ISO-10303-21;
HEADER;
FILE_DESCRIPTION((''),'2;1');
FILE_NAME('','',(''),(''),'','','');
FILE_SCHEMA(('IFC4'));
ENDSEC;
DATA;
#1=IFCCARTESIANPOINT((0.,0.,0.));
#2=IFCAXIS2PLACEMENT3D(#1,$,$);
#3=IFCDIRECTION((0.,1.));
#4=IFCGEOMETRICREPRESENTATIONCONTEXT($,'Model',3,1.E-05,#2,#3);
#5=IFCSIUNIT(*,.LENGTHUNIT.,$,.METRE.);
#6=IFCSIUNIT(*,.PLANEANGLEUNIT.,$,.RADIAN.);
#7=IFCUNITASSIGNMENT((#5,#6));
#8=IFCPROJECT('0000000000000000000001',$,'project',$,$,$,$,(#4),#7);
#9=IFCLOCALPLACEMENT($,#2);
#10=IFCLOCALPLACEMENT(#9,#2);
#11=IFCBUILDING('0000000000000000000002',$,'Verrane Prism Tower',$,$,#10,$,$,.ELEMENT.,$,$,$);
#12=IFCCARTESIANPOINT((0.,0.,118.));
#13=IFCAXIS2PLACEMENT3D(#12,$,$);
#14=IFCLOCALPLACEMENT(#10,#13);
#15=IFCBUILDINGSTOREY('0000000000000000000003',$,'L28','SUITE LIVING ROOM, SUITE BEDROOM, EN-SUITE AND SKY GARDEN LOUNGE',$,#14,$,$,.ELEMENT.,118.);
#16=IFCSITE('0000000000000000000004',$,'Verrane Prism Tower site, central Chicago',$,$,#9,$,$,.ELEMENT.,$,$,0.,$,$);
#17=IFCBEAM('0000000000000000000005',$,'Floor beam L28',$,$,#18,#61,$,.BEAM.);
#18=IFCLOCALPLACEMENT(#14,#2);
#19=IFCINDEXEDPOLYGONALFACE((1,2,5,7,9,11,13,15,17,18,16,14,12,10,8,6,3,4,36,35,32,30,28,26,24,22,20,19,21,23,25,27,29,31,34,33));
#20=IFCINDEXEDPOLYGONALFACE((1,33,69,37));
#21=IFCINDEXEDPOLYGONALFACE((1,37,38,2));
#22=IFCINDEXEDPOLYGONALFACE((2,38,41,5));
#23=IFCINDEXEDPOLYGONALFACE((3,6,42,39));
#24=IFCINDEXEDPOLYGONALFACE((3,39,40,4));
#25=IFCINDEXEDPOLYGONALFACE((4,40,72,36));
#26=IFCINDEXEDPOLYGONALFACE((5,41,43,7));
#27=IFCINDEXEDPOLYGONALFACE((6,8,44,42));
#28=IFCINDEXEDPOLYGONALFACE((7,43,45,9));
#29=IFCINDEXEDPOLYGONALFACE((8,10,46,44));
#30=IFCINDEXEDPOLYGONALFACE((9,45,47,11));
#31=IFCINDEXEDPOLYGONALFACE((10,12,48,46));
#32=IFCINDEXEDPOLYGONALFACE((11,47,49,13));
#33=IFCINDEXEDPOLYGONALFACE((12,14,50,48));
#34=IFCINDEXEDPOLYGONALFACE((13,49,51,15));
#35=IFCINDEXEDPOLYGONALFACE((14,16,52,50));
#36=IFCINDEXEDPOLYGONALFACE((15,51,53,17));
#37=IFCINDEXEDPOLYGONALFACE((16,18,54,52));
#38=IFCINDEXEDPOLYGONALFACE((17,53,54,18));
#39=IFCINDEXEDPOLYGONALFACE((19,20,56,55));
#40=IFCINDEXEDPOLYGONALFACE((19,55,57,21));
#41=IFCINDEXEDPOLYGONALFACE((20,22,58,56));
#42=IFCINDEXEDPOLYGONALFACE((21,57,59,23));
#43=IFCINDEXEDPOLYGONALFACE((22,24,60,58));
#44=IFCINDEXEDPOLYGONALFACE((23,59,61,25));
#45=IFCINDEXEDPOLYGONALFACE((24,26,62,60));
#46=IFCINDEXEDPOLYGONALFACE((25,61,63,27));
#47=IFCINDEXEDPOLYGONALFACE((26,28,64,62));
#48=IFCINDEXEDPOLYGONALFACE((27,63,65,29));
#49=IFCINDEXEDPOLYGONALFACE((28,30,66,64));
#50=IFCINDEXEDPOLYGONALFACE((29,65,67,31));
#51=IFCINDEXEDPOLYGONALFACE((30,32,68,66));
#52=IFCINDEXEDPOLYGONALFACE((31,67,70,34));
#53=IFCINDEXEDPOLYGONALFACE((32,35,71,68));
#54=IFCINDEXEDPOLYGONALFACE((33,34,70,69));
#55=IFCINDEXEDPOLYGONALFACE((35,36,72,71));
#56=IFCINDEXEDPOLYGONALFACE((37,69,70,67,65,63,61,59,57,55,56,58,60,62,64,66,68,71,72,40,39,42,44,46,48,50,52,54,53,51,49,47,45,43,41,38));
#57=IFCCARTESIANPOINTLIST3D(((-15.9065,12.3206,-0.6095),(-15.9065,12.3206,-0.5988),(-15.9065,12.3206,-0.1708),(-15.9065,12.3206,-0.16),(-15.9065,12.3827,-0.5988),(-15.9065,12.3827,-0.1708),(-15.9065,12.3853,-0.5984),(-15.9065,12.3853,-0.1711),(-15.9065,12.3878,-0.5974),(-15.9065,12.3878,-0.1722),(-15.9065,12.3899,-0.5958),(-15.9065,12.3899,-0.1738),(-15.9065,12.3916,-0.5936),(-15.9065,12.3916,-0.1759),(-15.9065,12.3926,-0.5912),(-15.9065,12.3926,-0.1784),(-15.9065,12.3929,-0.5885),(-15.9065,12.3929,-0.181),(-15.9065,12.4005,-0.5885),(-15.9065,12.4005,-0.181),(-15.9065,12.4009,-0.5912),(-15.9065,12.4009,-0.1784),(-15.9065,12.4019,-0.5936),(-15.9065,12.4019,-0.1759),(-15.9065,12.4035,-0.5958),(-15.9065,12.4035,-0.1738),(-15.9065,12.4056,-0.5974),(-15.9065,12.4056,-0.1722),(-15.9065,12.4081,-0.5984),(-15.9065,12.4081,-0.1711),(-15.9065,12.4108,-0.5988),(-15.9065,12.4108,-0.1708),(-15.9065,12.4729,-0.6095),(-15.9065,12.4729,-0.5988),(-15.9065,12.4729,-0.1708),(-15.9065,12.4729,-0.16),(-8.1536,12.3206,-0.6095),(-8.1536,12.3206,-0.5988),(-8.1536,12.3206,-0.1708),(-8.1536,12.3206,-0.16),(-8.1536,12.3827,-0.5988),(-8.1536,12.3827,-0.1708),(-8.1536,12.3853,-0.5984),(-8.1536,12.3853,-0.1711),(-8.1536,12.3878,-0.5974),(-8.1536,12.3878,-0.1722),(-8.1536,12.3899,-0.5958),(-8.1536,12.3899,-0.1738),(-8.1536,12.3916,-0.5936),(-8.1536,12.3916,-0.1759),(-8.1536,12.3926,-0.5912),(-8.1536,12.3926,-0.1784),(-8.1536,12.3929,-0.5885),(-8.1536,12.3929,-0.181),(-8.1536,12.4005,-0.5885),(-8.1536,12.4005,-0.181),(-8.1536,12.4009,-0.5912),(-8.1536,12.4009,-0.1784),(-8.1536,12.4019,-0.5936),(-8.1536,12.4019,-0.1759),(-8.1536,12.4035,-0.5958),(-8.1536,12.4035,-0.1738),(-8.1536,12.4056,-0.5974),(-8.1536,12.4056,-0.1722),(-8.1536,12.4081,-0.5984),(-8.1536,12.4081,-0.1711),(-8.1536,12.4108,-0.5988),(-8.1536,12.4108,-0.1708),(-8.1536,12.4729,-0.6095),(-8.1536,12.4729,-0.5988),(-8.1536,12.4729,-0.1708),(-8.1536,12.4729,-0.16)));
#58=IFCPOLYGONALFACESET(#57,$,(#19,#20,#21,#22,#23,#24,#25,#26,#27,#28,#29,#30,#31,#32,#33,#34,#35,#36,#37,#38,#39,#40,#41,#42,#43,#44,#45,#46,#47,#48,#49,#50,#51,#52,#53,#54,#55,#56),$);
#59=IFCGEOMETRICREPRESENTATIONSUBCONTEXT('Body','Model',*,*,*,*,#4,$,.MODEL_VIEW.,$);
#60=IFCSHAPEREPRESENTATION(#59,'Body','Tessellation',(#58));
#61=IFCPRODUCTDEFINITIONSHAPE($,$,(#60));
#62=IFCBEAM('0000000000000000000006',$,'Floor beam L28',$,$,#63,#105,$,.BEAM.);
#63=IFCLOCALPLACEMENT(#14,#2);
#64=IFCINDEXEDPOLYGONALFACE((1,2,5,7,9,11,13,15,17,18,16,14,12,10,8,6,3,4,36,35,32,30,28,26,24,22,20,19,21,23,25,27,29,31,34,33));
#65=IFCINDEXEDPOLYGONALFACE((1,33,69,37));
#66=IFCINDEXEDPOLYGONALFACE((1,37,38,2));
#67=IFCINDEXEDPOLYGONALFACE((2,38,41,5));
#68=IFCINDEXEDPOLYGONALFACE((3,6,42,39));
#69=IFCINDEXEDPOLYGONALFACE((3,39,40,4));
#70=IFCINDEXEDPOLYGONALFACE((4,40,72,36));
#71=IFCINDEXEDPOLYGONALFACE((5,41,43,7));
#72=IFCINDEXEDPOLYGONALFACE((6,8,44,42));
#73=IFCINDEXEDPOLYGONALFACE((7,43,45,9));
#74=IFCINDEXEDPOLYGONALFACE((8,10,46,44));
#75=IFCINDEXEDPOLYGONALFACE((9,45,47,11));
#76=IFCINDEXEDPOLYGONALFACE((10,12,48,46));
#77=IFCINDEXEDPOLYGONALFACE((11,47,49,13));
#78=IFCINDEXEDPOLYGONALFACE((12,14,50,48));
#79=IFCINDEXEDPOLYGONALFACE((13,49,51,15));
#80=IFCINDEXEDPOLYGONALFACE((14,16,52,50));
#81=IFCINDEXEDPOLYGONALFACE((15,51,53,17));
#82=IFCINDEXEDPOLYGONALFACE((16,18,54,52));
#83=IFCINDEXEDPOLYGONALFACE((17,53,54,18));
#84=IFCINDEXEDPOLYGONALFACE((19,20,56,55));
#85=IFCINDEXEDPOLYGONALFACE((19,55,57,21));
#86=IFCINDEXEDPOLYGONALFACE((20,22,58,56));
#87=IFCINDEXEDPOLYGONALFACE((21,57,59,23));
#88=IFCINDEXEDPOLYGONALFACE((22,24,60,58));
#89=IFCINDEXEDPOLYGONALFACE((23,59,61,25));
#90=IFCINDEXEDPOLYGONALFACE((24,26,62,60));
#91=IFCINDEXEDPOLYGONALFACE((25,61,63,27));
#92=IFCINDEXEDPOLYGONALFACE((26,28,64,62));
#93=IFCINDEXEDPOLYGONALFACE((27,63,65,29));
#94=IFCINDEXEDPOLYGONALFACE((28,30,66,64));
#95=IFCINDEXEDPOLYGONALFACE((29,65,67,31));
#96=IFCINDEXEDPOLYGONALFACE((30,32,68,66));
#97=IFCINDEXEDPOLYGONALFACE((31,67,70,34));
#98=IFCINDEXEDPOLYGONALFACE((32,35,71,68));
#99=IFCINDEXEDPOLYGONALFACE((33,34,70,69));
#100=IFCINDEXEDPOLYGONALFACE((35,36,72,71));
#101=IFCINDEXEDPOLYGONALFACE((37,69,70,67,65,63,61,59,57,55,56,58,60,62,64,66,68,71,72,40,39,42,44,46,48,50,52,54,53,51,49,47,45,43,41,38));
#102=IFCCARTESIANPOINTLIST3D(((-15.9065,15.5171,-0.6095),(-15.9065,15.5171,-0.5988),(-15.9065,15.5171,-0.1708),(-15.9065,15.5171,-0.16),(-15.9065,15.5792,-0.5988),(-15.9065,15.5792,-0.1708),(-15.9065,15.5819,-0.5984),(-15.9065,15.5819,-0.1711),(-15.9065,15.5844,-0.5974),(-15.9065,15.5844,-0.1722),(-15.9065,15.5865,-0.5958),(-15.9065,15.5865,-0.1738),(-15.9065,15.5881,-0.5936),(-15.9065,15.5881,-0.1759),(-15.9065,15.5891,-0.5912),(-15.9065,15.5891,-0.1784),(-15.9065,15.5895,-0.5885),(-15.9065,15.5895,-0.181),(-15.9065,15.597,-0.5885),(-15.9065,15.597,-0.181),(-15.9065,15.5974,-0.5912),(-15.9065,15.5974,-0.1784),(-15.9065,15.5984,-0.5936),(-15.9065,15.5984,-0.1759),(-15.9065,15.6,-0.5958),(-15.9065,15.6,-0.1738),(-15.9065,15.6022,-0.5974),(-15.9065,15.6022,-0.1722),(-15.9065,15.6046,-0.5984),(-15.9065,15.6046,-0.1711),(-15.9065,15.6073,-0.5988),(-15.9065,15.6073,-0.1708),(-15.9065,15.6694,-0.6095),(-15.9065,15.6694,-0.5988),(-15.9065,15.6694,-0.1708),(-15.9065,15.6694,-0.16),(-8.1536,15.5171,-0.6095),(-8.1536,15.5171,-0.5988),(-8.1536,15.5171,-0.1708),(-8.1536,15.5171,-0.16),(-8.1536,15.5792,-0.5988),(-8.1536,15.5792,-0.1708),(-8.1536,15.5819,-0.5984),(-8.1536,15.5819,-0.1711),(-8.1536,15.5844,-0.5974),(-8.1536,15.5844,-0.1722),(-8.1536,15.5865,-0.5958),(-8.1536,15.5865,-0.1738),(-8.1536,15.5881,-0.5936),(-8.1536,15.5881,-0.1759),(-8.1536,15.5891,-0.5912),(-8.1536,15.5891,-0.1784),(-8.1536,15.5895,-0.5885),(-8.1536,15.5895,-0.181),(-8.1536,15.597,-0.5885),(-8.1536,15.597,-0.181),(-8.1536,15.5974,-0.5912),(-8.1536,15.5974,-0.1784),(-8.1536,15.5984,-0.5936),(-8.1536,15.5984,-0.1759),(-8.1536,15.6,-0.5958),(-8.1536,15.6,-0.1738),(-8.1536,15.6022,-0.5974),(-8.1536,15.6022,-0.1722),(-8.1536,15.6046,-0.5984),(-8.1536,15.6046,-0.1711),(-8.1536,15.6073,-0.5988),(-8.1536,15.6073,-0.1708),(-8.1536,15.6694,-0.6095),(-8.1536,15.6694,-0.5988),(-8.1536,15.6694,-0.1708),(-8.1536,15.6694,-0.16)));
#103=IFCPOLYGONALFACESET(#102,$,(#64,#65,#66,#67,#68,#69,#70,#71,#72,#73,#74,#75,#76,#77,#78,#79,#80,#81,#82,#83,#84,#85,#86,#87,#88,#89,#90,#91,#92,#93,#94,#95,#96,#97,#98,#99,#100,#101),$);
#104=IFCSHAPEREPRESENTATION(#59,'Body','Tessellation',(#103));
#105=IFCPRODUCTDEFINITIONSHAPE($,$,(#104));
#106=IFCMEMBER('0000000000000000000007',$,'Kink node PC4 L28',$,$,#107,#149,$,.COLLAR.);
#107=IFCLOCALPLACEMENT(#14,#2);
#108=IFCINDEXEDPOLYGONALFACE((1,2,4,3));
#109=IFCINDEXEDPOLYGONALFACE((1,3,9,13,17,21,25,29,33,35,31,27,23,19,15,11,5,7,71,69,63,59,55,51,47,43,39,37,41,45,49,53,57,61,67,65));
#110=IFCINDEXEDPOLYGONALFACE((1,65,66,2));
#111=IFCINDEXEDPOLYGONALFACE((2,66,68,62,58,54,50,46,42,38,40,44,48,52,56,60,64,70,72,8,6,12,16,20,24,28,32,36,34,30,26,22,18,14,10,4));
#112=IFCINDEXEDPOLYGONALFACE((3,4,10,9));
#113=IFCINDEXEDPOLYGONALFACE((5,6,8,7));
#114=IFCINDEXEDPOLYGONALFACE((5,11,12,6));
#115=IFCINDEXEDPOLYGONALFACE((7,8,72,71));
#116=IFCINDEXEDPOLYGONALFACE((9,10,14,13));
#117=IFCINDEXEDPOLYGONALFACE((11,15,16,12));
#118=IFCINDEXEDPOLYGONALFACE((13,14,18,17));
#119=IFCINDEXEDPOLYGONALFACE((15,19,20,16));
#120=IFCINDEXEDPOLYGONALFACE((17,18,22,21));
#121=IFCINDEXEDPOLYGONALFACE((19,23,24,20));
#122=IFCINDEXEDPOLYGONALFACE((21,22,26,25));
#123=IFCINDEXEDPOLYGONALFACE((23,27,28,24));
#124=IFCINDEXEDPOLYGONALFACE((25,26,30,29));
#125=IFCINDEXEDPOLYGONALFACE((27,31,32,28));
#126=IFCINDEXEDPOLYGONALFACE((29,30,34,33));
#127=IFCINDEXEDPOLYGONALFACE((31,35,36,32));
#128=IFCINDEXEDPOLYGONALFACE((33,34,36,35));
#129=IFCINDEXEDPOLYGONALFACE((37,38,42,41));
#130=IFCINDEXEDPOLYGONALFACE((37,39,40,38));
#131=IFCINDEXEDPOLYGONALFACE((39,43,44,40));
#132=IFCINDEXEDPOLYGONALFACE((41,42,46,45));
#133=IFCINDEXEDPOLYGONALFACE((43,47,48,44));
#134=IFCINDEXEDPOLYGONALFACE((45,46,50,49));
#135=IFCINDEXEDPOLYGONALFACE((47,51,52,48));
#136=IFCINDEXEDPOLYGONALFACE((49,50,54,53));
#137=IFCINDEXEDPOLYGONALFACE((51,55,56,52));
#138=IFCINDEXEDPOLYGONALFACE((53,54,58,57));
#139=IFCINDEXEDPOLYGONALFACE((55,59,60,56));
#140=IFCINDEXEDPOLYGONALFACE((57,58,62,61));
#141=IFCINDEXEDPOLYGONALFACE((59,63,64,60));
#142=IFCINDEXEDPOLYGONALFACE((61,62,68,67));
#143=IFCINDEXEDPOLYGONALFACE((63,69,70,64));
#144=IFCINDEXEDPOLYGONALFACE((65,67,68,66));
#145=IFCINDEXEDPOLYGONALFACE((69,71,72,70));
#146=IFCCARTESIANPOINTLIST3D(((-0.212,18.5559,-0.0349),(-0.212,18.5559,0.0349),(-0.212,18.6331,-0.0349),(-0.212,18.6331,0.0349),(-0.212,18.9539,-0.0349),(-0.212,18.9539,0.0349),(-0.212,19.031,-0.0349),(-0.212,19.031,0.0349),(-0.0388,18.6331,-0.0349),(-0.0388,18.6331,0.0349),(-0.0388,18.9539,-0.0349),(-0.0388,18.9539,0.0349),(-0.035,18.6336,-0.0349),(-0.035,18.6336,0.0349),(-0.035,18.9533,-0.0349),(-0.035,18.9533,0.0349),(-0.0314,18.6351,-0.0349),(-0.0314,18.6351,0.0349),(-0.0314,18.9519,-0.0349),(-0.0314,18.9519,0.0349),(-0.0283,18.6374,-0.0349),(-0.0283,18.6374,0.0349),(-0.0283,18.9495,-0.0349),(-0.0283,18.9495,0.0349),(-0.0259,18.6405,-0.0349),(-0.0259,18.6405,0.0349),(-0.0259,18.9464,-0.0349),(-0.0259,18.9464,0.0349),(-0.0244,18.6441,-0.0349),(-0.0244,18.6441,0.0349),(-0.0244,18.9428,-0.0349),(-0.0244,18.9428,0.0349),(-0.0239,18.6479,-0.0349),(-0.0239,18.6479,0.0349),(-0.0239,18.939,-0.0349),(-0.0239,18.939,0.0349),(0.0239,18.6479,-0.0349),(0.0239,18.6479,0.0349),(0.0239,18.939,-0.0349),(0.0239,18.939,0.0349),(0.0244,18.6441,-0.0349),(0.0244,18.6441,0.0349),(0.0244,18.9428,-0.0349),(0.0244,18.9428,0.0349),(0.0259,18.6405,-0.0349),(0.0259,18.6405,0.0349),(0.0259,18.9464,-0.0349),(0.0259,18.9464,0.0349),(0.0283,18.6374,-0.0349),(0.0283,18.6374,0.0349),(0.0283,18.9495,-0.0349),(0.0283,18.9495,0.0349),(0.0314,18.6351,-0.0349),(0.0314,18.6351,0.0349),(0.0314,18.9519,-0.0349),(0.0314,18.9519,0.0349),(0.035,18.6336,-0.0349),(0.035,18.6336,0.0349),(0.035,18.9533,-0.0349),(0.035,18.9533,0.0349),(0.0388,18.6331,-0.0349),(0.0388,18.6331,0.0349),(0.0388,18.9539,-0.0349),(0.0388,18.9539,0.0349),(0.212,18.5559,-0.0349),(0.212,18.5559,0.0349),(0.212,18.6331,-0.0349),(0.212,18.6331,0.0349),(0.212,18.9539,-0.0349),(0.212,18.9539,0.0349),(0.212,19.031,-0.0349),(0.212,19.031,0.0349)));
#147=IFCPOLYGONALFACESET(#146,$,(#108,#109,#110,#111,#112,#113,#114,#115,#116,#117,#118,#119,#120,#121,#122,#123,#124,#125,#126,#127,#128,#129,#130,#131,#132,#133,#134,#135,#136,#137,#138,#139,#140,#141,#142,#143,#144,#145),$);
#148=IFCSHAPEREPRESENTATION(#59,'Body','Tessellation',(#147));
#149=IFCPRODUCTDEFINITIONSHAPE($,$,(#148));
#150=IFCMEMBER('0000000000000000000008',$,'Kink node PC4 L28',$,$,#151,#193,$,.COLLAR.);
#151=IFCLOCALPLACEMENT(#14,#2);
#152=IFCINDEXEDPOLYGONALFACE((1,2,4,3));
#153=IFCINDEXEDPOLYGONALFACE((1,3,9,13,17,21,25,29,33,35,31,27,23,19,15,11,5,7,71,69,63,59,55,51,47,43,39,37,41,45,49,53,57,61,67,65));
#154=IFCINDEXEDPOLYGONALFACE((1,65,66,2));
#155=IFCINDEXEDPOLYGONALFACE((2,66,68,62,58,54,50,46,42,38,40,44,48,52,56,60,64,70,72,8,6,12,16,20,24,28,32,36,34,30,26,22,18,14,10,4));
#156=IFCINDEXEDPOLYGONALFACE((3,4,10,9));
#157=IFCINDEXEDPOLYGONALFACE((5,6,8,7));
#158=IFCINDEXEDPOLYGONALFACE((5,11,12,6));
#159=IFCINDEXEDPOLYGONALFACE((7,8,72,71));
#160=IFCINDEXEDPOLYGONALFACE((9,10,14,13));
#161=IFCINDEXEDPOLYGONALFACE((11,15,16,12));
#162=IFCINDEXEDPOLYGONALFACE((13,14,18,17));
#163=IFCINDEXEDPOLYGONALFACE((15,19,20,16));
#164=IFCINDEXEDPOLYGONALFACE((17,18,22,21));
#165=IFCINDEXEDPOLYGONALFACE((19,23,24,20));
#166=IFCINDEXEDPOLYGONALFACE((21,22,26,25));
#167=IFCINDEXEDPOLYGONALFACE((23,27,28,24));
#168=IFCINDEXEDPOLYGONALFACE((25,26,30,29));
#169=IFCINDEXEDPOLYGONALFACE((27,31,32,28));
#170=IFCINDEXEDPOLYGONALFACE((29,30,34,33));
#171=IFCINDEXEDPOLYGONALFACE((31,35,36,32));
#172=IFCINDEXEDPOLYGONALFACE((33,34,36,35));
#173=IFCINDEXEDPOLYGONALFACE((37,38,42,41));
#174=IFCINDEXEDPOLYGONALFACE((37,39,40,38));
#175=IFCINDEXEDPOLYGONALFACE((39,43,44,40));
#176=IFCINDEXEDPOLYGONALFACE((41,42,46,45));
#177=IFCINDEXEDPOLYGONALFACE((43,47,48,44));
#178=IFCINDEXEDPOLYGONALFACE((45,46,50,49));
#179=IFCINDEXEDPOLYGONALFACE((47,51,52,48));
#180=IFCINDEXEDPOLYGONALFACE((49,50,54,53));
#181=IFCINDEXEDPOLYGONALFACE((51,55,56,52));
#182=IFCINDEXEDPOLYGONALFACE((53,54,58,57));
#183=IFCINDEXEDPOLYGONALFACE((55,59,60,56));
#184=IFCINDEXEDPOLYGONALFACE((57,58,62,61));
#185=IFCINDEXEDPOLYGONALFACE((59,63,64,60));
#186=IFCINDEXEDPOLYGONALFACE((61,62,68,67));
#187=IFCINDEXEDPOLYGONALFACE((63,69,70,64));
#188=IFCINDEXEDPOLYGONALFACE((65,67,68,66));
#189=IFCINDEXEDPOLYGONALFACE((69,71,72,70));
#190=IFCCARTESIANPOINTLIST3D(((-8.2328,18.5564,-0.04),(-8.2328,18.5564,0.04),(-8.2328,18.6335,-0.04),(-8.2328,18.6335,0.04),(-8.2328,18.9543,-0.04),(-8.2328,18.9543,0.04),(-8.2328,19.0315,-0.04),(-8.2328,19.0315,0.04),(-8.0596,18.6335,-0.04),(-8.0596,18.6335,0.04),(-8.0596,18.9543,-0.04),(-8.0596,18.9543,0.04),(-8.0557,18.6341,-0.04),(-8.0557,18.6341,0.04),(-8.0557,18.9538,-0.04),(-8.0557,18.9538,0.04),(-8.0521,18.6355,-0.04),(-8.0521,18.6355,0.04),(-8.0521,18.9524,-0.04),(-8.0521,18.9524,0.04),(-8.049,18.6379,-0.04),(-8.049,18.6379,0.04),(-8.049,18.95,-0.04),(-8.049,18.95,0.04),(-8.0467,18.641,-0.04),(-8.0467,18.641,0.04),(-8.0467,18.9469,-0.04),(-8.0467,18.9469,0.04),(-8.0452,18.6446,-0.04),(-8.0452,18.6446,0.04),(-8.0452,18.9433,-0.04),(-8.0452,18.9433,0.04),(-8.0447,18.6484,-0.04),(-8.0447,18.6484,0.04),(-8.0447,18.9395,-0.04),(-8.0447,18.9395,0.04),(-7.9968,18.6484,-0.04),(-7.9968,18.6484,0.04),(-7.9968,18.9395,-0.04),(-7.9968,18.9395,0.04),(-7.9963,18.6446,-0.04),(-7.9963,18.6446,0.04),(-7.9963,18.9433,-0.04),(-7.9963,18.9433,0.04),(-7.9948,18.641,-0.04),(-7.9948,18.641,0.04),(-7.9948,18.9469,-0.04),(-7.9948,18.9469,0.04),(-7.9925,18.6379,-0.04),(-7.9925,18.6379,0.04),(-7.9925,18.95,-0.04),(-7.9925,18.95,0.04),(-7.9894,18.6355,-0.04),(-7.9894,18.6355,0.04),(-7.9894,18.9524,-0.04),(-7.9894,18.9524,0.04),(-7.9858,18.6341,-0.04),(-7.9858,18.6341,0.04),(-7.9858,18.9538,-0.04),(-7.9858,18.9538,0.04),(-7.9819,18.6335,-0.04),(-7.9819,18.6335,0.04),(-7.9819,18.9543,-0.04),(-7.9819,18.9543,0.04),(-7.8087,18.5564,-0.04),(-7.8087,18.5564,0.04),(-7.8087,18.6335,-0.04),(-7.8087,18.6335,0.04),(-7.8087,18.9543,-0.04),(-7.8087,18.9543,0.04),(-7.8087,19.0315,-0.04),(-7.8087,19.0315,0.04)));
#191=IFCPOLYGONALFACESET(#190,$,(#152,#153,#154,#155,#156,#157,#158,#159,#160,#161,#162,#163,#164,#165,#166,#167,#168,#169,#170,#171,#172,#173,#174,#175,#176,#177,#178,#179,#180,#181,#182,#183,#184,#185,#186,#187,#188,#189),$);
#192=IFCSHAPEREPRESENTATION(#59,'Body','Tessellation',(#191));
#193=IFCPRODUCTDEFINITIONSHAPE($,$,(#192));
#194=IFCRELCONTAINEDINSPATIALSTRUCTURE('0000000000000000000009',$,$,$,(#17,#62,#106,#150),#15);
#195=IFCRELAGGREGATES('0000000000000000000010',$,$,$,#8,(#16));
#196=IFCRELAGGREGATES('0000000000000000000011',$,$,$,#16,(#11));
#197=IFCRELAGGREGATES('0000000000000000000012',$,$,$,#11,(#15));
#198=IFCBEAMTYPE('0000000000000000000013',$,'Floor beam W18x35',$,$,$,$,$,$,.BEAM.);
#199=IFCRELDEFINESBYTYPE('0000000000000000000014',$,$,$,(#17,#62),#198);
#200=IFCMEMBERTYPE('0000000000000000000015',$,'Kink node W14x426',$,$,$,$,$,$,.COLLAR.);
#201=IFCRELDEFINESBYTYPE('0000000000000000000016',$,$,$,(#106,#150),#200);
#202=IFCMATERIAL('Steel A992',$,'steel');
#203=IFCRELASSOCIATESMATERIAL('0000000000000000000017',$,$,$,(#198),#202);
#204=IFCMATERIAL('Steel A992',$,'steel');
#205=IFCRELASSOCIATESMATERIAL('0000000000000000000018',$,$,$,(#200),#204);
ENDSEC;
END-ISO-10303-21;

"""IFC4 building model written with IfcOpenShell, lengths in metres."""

from ifc_helpers import new_model, si_unit, direction, frame, origin, origin_2d, place, context, subcontext, project, spatial, i_section, extrude, material, material_profile, profile_set, type_object, element, save


model = new_model("IFC4")

# Units and contexts
model_context = context("Model", 3, precision=1e-05, world=origin(), true_north=direction((0.0, 1.0)))
body_context = subcontext(model_context, "Body", "Model", "MODEL_VIEW")
ifc_project = project(units=[si_unit("LENGTHUNIT", "METRE"), si_unit("PLANEANGLEUNIT", "RADIAN")], contexts=[model_context])

# Site, building, storey
site_placement = place(None, origin())
site = spatial("IfcSite", under=ifc_project, at=site_placement, Name="Verrane Prism Tower site, central Chicago", CompositionType="ELEMENT", RefElevation=0.0)
building_placement = place(site_placement, origin())
building = spatial("IfcBuilding", under=site, at=building_placement, Name="Verrane Prism Tower", CompositionType="ELEMENT")
storey_placement = place(building_placement, frame((0.0, 0.0, 118.0)))
storey = spatial("IfcBuildingStorey", under=building, at=storey_placement, Name="L28", Description="SUITE LIVING ROOM, SUITE BEDROOM, EN-SUITE AND SKY GARDEN LOUNGE", CompositionType="ELEMENT", Elevation=118.0)

# Beams
ifc_material_1 = material(Name="Steel A992", Category="steel")
ifc_material_profile_1 = material_profile(ifc_material_1, i_section(OverallWidth=0.1523, OverallDepth=0.4495, WebThickness=0.0076, FlangeThickness=0.0107, FilletRadius=0.0103, at=origin_2d()), Name="W18x35")
ifc_profile_set_1 = profile_set([ifc_material_profile_1], Name="Steel A992")
beam_type_1 = type_object("IfcBeamType", Name="Floor beam W18x35", PredefinedType="BEAM", material=ifc_profile_set_1)
for number, where, z_axis, x_axis, name in (
    (1, (-15.9065, 12.3967, -0.3848), (1.0, 0.0, 0.0), (0.0, 1.0, 0.0), "Floor beam L28"),
    (2, (-15.9065, 15.5933, -0.3848), (1.0, 0.0, 0.0), (0.0, 1.0, 0.0), "Floor beam L28"),
):
    element("IfcBeam", number, at=place(storey_placement, frame(where, z_axis=z_axis, x_axis=x_axis)), inside=storey, type_object=beam_type_1, Name=name, PredefinedType="BEAM", context=body_context, shape_type="SweptSolid", body=[
        extrude(i_section(OverallWidth=0.1523, OverallDepth=0.4495, WebThickness=0.0076, FlangeThickness=0.0107, FilletRadius=0.0103, at=origin_2d()), origin(), (0.0, 0.0, 1.0), 7.7529),
    ])

# Members
ifc_material_2 = material(Name="Steel A992", Category="steel")
ifc_material_profile_2 = material_profile(ifc_material_2, i_section(OverallWidth=0.4241, OverallDepth=0.4751, WebThickness=0.0479, FlangeThickness=0.0771, FilletRadius=0.0149, at=origin_2d()), Name="W14x426")
ifc_profile_set_2 = profile_set([ifc_material_profile_2], Name="Steel A992")
member_type_1 = type_object("IfcMemberType", Name="Kink node W14x426", PredefinedType="COLLAR", material=ifc_profile_set_2)
member_1_placement = place(storey_placement, frame((0.0, 18.7935, -0.0349), z_axis=(0.0, 0.0, 1.0), x_axis=(1.0, 0.0, 0.0)))
element("IfcMember", 3, at=member_1_placement, inside=storey, type_object=member_type_1, Name="Kink node PC4 L28", PredefinedType="COLLAR", context=body_context, shape_type="SweptSolid", body=[
    extrude(i_section(OverallWidth=0.4241, OverallDepth=0.4751, WebThickness=0.0479, FlangeThickness=0.0771, FilletRadius=0.0149, at=origin_2d()), origin(), (0.0, 0.0, 1.0), 0.0698),
])
member_2_placement = place(storey_placement, frame((-8.0208, 18.7939, -0.04), z_axis=(0.0, 0.0, 1.0), x_axis=(1.0, 0.0, 0.0)))
element("IfcMember", 4, at=member_2_placement, inside=storey, type_object=member_type_1, Name="Kink node PC4 L28", PredefinedType="COLLAR", context=body_context, shape_type="SweptSolid", body=[
    extrude(i_section(OverallWidth=0.4241, OverallDepth=0.4751, WebThickness=0.0479, FlangeThickness=0.0771, FilletRadius=0.0149, at=origin_2d()), origin(), (0.0, 0.0, 1.0), 0.0801),
])

save(model, "model.ifc")
